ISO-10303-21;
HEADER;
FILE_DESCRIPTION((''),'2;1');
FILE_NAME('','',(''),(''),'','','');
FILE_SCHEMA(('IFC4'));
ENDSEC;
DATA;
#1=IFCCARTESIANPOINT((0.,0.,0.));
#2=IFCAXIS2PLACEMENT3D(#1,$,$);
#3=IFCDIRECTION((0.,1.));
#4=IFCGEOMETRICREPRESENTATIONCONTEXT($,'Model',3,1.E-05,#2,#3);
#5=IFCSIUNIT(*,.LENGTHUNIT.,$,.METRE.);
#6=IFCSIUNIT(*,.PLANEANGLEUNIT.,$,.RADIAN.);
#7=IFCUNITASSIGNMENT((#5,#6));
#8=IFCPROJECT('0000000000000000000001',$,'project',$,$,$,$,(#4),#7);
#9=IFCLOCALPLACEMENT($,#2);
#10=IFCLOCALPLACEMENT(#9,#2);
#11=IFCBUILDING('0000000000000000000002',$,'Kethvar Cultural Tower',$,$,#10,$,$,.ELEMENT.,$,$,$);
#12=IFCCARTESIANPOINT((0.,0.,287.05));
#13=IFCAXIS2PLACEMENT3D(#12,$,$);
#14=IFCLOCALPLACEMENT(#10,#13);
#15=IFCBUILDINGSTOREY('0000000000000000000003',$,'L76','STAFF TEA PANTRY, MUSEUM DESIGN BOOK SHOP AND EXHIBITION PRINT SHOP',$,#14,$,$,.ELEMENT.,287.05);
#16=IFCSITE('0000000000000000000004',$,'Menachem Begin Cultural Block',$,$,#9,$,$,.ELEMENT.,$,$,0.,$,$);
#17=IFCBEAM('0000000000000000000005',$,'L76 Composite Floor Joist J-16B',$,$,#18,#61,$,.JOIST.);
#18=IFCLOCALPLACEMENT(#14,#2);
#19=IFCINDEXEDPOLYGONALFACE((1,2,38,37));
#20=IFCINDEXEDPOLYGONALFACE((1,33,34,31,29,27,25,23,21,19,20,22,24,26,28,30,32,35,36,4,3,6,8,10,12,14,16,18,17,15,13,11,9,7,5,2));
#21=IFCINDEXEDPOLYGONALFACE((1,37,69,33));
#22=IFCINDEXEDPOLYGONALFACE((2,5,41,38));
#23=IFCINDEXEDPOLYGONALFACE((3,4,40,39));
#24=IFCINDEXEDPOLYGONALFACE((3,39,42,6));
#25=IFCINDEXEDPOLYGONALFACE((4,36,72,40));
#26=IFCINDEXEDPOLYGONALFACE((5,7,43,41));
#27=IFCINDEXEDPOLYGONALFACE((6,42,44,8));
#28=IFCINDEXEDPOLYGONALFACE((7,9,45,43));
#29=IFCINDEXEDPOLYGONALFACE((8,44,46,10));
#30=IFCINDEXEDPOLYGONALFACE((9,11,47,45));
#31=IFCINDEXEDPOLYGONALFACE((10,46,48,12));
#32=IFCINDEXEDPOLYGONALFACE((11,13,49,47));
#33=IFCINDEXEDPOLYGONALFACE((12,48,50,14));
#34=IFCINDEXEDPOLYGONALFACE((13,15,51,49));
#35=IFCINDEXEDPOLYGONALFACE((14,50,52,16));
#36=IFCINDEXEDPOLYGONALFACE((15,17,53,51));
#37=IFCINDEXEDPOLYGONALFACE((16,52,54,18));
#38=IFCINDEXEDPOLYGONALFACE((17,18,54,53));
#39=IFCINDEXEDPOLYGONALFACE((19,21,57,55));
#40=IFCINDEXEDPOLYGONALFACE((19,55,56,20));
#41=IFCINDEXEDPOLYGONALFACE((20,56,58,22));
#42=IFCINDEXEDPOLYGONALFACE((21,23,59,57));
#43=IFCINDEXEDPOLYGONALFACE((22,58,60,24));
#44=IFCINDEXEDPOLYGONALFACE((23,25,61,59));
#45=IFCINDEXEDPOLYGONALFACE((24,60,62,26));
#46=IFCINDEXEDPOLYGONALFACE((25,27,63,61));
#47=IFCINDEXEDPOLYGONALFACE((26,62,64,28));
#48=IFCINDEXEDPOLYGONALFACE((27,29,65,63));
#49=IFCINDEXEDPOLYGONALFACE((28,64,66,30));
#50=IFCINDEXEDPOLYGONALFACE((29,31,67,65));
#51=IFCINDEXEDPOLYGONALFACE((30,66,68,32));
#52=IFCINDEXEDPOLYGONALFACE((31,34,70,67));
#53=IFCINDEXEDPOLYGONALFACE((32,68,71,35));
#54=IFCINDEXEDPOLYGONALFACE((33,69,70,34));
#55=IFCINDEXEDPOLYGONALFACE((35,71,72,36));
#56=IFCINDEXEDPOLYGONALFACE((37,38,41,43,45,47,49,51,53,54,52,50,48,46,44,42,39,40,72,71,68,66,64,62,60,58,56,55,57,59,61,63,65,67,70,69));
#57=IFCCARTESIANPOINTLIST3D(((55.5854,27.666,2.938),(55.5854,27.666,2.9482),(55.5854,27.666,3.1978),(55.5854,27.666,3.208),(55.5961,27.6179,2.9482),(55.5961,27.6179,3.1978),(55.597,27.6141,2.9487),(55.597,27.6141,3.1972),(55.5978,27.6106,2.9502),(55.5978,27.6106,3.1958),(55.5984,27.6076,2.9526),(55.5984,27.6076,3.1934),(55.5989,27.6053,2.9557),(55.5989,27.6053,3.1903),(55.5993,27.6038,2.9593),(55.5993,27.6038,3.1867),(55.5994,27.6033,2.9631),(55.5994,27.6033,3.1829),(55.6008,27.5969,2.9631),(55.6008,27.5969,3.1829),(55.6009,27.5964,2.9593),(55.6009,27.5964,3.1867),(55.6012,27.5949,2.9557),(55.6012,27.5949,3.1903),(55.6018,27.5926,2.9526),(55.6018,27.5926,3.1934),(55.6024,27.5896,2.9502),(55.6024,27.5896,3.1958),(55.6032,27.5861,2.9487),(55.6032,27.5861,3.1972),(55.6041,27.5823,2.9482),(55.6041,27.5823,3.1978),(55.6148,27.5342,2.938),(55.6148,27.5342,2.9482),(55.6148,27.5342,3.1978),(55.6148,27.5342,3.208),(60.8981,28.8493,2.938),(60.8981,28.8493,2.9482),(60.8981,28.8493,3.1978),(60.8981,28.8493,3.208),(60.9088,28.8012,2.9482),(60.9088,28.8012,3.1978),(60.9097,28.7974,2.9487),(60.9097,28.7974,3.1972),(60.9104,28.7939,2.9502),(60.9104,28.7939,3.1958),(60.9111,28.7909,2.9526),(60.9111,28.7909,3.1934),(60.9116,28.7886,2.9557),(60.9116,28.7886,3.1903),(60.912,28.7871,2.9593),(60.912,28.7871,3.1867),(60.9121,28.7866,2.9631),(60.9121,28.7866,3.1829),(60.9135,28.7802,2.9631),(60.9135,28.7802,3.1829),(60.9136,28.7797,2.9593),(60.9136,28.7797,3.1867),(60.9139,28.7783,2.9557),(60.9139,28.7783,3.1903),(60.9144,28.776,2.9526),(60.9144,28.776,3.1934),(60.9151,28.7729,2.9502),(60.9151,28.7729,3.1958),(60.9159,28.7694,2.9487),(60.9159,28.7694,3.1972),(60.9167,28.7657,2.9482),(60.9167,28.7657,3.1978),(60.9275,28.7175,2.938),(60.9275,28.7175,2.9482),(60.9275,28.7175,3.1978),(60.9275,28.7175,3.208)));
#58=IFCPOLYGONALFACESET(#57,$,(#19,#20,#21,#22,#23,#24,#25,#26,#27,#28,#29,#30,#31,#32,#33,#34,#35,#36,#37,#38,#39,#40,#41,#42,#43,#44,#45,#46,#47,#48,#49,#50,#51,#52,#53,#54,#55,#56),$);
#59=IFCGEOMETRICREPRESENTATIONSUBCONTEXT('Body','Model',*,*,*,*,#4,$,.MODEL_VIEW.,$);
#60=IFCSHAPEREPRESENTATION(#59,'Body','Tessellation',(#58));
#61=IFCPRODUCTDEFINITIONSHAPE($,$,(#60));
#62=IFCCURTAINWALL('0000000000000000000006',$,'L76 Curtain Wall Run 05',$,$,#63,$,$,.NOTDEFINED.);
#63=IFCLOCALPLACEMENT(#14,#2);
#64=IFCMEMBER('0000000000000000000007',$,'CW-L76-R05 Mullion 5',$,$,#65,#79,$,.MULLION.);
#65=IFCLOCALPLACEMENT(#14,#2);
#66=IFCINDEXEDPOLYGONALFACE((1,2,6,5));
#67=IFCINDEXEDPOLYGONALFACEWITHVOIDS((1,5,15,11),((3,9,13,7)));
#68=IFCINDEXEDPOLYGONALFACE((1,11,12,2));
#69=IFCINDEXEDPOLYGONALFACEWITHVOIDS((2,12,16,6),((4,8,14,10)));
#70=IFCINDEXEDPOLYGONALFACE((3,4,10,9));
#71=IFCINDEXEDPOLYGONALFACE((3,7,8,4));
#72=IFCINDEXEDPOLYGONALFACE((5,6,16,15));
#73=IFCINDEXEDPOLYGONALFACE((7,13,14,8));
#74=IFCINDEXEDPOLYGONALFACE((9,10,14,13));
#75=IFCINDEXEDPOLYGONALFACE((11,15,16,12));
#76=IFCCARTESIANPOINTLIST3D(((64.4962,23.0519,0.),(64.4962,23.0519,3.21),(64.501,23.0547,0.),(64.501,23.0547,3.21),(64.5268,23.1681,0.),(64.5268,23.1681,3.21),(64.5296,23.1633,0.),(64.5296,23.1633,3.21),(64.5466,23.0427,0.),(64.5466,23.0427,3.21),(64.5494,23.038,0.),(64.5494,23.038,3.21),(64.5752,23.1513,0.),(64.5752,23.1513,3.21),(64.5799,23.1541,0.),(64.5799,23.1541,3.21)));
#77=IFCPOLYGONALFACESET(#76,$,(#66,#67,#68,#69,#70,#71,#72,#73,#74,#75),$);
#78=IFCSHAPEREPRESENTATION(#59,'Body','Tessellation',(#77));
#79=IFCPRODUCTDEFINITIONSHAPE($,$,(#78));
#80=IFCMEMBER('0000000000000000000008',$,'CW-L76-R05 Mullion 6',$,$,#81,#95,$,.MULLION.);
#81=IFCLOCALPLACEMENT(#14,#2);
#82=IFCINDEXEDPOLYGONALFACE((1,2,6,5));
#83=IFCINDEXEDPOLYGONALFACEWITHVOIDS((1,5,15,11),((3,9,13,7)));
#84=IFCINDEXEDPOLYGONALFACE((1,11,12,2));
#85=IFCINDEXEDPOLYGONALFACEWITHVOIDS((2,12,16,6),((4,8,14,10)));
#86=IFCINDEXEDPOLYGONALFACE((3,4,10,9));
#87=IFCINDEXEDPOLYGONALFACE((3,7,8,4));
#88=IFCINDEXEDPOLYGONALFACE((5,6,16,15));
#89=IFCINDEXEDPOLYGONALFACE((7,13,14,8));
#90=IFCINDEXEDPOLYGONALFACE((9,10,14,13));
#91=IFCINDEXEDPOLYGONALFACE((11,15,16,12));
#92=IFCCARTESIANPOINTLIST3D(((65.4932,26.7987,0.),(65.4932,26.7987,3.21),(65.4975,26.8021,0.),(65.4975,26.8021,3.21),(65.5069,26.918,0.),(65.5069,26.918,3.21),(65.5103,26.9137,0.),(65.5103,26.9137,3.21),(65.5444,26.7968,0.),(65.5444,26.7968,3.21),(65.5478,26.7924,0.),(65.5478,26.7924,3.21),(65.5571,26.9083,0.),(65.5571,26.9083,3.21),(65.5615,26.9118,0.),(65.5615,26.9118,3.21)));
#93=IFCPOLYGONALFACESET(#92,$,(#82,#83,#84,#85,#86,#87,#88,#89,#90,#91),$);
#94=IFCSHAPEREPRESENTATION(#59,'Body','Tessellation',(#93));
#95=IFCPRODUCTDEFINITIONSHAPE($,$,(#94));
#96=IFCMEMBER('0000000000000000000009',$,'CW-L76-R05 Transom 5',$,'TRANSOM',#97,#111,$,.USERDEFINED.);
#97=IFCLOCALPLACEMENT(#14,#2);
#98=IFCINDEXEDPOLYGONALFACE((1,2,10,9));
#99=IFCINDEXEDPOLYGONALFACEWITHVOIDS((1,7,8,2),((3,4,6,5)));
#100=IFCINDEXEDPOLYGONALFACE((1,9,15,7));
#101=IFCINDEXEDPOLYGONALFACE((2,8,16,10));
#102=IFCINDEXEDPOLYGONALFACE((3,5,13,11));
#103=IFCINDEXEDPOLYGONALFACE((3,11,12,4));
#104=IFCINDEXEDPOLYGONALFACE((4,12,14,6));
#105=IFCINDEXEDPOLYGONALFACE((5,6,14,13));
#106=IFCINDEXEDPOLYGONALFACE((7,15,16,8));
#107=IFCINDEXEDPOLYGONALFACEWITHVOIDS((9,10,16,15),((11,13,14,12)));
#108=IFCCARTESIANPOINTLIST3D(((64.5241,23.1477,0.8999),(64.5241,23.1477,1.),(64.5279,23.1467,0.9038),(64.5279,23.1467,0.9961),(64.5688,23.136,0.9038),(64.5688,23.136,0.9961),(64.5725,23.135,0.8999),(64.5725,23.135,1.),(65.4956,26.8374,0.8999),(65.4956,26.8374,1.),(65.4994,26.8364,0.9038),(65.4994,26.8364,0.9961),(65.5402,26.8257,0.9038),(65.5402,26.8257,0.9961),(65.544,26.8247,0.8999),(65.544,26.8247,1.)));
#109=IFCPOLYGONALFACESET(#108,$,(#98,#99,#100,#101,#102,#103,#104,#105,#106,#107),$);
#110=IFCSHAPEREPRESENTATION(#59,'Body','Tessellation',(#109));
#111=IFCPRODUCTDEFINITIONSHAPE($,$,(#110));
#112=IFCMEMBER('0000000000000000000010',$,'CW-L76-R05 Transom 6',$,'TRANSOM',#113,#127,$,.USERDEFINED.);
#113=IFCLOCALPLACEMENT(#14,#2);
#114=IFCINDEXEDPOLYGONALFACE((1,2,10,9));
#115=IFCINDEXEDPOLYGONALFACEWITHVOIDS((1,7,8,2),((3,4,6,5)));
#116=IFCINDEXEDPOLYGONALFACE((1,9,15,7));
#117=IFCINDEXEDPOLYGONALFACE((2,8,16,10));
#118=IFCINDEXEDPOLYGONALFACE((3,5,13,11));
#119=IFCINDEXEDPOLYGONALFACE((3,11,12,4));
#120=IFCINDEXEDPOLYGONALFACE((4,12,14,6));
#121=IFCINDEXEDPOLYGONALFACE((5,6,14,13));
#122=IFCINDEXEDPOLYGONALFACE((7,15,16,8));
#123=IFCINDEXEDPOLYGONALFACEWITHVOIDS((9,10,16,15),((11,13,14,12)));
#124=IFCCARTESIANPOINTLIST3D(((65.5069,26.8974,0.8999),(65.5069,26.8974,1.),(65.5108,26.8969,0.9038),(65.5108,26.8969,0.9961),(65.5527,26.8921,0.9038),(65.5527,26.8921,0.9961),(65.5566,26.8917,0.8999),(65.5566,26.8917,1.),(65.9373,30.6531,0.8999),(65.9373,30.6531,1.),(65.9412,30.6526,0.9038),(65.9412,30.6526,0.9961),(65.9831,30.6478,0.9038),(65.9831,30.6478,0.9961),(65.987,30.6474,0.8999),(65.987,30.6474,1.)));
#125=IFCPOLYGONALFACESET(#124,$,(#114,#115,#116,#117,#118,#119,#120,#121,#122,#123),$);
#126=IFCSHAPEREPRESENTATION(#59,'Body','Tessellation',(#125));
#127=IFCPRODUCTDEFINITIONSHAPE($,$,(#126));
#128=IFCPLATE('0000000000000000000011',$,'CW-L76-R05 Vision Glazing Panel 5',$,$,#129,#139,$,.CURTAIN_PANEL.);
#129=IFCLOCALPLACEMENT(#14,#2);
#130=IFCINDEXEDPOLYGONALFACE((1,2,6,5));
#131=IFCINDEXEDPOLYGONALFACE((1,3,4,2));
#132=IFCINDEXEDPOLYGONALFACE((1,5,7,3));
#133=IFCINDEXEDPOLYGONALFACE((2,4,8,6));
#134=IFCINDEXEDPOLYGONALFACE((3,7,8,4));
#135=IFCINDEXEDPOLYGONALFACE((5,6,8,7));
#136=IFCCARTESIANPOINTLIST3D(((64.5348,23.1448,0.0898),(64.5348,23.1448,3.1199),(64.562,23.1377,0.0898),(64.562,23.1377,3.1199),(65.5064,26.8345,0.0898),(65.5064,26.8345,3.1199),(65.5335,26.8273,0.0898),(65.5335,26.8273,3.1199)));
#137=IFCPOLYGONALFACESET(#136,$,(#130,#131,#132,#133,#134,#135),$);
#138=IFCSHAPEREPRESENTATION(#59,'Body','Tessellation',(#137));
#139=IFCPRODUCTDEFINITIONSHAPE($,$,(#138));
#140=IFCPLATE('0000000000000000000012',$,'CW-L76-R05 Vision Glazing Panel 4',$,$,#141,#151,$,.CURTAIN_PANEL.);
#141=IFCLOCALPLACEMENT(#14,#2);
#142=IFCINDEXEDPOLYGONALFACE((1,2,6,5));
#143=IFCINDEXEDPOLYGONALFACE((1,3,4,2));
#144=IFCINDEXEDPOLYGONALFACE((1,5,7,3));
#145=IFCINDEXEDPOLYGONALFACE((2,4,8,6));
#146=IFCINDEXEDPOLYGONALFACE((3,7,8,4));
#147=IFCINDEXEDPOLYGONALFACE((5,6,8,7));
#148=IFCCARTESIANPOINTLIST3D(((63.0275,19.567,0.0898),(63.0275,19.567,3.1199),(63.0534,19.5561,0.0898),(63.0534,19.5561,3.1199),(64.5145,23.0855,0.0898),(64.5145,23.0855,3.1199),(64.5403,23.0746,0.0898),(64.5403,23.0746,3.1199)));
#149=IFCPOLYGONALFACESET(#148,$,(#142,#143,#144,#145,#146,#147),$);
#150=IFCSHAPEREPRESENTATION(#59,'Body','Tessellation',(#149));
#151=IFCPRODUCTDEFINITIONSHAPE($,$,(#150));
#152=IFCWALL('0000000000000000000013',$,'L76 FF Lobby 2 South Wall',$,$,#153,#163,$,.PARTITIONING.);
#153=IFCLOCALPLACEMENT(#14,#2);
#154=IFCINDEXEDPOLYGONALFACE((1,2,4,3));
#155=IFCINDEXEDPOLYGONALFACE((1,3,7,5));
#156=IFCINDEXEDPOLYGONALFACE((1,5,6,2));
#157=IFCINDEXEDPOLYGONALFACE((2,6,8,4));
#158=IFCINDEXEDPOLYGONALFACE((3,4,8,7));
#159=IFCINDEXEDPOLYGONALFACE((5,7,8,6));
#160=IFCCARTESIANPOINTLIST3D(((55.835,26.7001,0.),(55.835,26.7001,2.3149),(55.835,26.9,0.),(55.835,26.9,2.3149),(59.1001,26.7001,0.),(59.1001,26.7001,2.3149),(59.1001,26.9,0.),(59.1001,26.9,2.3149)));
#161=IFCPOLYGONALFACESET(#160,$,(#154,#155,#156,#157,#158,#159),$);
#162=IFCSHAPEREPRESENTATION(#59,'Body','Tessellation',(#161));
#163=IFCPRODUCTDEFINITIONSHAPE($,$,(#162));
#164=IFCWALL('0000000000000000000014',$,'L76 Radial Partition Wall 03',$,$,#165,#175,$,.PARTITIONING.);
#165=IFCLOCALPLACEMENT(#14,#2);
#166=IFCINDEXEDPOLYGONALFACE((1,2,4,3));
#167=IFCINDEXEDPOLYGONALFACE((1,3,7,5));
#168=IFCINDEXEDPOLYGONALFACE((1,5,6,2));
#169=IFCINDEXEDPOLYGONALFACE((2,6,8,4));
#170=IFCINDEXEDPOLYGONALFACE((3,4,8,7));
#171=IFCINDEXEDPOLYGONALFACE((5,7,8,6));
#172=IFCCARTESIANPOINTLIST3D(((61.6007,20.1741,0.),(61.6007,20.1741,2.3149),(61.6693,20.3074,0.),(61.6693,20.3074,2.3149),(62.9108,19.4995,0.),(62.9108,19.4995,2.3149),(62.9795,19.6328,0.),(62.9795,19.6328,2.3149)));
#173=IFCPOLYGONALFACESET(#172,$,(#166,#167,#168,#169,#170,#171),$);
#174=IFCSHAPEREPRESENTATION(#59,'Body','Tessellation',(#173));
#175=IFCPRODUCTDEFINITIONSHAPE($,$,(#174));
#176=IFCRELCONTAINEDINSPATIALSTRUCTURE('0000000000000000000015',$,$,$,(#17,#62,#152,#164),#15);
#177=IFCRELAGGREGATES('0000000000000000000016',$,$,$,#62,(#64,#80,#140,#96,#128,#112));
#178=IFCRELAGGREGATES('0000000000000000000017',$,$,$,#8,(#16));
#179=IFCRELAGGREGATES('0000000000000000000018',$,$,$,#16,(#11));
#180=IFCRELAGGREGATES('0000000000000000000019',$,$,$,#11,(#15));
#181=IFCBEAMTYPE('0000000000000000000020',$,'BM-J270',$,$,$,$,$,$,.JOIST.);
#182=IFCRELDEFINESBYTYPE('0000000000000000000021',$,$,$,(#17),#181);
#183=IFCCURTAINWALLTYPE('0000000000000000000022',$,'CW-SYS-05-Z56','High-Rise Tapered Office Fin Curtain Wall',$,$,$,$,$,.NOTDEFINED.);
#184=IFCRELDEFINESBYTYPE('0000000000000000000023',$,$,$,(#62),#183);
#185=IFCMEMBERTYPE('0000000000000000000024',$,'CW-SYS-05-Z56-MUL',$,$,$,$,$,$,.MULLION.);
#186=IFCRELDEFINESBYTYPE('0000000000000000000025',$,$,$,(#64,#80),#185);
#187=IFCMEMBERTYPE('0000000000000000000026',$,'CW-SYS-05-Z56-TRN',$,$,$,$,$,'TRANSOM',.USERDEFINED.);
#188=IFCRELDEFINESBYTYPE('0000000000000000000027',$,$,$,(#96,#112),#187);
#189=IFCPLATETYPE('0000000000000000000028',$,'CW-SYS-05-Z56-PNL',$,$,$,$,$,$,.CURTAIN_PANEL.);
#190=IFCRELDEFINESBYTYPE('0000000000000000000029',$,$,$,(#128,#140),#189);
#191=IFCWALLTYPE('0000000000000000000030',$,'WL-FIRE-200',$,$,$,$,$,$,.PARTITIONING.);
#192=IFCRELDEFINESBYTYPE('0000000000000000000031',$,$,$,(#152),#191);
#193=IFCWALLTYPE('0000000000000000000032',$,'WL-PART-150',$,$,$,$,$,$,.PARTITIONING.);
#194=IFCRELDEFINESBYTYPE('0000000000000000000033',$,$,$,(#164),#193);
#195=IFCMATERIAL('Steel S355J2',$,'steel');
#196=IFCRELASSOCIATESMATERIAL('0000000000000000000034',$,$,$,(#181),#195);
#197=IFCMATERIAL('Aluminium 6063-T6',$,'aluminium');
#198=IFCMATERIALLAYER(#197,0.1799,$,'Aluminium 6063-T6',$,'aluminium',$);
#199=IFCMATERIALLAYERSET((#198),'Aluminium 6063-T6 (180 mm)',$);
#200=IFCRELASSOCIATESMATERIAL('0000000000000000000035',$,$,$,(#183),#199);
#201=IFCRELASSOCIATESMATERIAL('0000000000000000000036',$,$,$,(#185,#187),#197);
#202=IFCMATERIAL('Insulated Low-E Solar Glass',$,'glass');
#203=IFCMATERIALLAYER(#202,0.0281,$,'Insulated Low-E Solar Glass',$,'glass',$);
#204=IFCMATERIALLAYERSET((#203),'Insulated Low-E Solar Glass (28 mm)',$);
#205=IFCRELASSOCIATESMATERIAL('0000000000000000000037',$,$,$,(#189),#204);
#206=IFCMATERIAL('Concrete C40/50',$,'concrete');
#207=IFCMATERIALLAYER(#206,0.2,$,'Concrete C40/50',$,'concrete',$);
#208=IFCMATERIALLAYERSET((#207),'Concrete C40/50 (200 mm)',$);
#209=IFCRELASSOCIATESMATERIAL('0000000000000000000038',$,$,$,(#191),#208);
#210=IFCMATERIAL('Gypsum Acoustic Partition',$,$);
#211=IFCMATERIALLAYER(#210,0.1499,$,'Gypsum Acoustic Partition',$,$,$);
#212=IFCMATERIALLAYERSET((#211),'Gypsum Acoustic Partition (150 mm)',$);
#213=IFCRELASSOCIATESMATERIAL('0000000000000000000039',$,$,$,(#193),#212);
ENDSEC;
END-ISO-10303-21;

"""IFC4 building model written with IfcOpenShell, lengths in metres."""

from ifc_helpers import new_model, si_unit, direction, frame, frame_2d, origin, origin_2d, place, context, subcontext, project, spatial, rectangle, hollow_rectangle, i_section, extrude, source, transform, mapped, material, layer, layer_set, material_profile, profile_set, type_object, element, aggregate, save


model = new_model("IFC4")

# Units and contexts
model_context = context("Model", 3, precision=1e-05, world=origin(), true_north=direction((0.0, 1.0)))
body_context = subcontext(model_context, "Body", "Model", "MODEL_VIEW")
ifc_project = project(units=[si_unit("LENGTHUNIT", "METRE"), si_unit("PLANEANGLEUNIT", "RADIAN")], contexts=[model_context])

# Site, building, storey
site_placement = place(None, origin())
site = spatial("IfcSite", under=ifc_project, at=site_placement, Name="Menachem Begin Cultural Block", CompositionType="ELEMENT", RefElevation=0.0)
building_placement = place(site_placement, origin())
building = spatial("IfcBuilding", under=site, at=building_placement, Name="Kethvar Cultural Tower", CompositionType="ELEMENT")
storey_placement = place(building_placement, frame((0.0, 0.0, 287.05)))
storey = spatial("IfcBuildingStorey", under=building, at=storey_placement, Name="L76", Description="STAFF TEA PANTRY, MUSEUM DESIGN BOOK SHOP AND EXHIBITION PRINT SHOP", CompositionType="ELEMENT", Elevation=287.05)

# Shared definitions
ifc_material_1 = material(Name="Steel S355J2", Category="steel")

# Beam
ifc_material_profile_1 = material_profile(ifc_material_1, i_section(OverallWidth=0.135, OverallDepth=0.27, WebThickness=0.0066, FlangeThickness=0.0103, FilletRadius=0.0149, at=origin_2d()), Name="Steel S355J2 — IPE270")
ifc_profile_set_1 = profile_set([ifc_material_profile_1], Name="Steel S355J2 — IPE270")
beam_type_1 = type_object("IfcBeamType", Name="BM-J270", PredefinedType="JOIST", material=ifc_profile_set_1)
shared_shape_1 = source(origin(), body_context, "Body", "SweptSolid", [
    extrude(i_section(OverallWidth=0.135, OverallDepth=0.27, WebThickness=0.0066, FlangeThickness=0.0103, FilletRadius=0.0149, at=origin_2d()), origin(), (0.0, 0.0, 1.0), 5.4429),
])
beam_1_placement = place(storey_placement, frame((55.6001, 27.6001, 3.073), z_axis=(0.97608, 0.21741, 0.0), x_axis=(-0.21741, 0.97608, 0.0)))
element("IfcBeam", 1, at=beam_1_placement, inside=storey, type_object=beam_type_1, Name="L76 Composite Floor Joist J-16B", PredefinedType="JOIST", context=body_context, shape_type="MappedRepresentation", body=[
    mapped(shared_shape_1, transform((0.0, 0.0, 0.0), scale=1.0)),
])

# Curtain wall, members, plates
ifc_material_2 = material(Name="Aluminium 6063-T6", Category="aluminium")
ifc_layer_1 = layer(ifc_material_2, 0.1799, Name="Aluminium 6063-T6", Category="aluminium")
ifc_layer_set_1 = layer_set([ifc_layer_1], Name="Aluminium 6063-T6 (180 mm)")
curtain_wall_type = type_object("IfcCurtainWallType", Name="CW-SYS-05-Z56", Description="High-Rise Tapered Office Fin Curtain Wall", PredefinedType="NOTDEFINED", material=ifc_layer_set_1)
curtain_wall_placement = place(storey_placement, origin())
curtain_wall = element("IfcCurtainWall", 2, at=curtain_wall_placement, inside=storey, type_object=curtain_wall_type, Name="L76 Curtain Wall Run 05", PredefinedType="NOTDEFINED")
ifc_material_profile_2 = material_profile(ifc_material_2, hollow_rectangle(XDim=0.0549, YDim=0.1201, WallThickness=0.0039, at=origin_2d()), Name="Aluminium 6063-T6 — RHS120x55x4")
ifc_profile_set_2 = profile_set([ifc_material_profile_2], Name="Aluminium 6063-T6 — RHS120x55x4")
member_type_1 = type_object("IfcMemberType", Name="CW-SYS-05-Z56-MUL", PredefinedType="MULLION", material=ifc_profile_set_2)
shared_shape_2 = source(origin(), body_context, "Body", "SweptSolid", [
    extrude(hollow_rectangle(XDim=0.0549, YDim=0.1201, WallThickness=0.0039, at=origin_2d()), origin(), (0.0, 0.0, 1.0), 3.21),
])
member_1_placement = place(storey_placement, frame((64.5381, 23.103, 0.0), z_axis=(0.0, 0.0, 1.0), x_axis=(-0.967037, 0.254636, 0.0)))
member_1 = element("IfcMember", 3, at=member_1_placement, type_object=member_type_1, Name="CW-L76-R05 Mullion 5", PredefinedType="MULLION", context=body_context, shape_type="MappedRepresentation", body=[
    mapped(shared_shape_2, transform((0.0, 0.0, 0.0), scale=1.0)),
])
member_2_placement = place(storey_placement, frame((65.5273, 26.8552, 0.0), z_axis=(0.0, 0.0, 1.0), x_axis=(-0.993495, 0.113879, 0.0)))
member_2 = element("IfcMember", 4, at=member_2_placement, type_object=member_type_1, Name="CW-L76-R05 Mullion 6", PredefinedType="MULLION", context=body_context, shape_type="MappedRepresentation", body=[
    mapped(shared_shape_2, transform((0.0, 0.0, 0.0), scale=1.0)),
])
ifc_material_profile_3 = material_profile(ifc_material_2, hollow_rectangle(XDim=0.05, YDim=0.1001, WallThickness=0.0039, at=origin_2d()), Name="Aluminium 6063-T6 — RHS100x50x4")
ifc_profile_set_3 = profile_set([ifc_material_profile_3], Name="Aluminium 6063-T6 — RHS100x50x4")
member_type_2 = type_object("IfcMemberType", Name="CW-SYS-05-Z56-TRN", ElementType="TRANSOM", PredefinedType="USERDEFINED", material=ifc_profile_set_3)
shared_shape_3 = source(origin(), body_context, "Body", "SweptSolid", [
    extrude(hollow_rectangle(XDim=0.05, YDim=0.1001, WallThickness=0.0039, at=origin_2d()), origin(), (0.0, 0.0, 1.0), 3.8154),
])
member_3_placement = place(storey_placement, frame((64.5483, 23.1414, 0.95), z_axis=(0.254607, 0.967045, 0.0), x_axis=(-0.967045, 0.254607, 0.0)))
member_3 = element("IfcMember", 5, at=member_3_placement, type_object=member_type_2, Name="CW-L76-R05 Transom 5", ObjectType="TRANSOM", PredefinedType="USERDEFINED", context=body_context, shape_type="MappedRepresentation", body=[
    mapped(shared_shape_3, transform((0.0, 0.0, 0.0), scale=1.0)),
])
shared_shape_4 = source(origin(), body_context, "Body", "SweptSolid", [
    extrude(hollow_rectangle(XDim=0.05, YDim=0.1001, WallThickness=0.0039, at=origin_2d()), origin(), (0.0, 0.0, 1.0), 3.7803),
])
member_4_placement = place(storey_placement, frame((65.5317, 26.8945, 0.95), z_axis=(0.113862, 0.993497, 0.0), x_axis=(-0.993497, 0.113862, 0.0)))
member_4 = element("IfcMember", 6, at=member_4_placement, type_object=member_type_2, Name="CW-L76-R05 Transom 6", ObjectType="TRANSOM", PredefinedType="USERDEFINED", context=body_context, shape_type="MappedRepresentation", body=[
    mapped(shared_shape_4, transform((0.0, 0.0, 0.0), scale=1.0)),
])
ifc_material_3 = material(Name="Insulated Low-E Solar Glass", Category="glass")
ifc_layer_2 = layer(ifc_material_3, 0.0281, Name="Insulated Low-E Solar Glass", Category="glass")
ifc_layer_set_2 = layer_set([ifc_layer_2], Name="Insulated Low-E Solar Glass (28 mm)")
plate_type = type_object("IfcPlateType", Name="CW-SYS-05-Z56-PNL", PredefinedType="CURTAIN_PANEL", material=ifc_layer_set_2)
shared_shape_5 = source(origin(), body_context, "Body", "SweptSolid", [
    extrude(rectangle(XDim=3.8154, YDim=0.0281, at=origin_2d()), origin(), (0.0, 0.0, 1.0), 3.03),
])
plate_1_placement = place(storey_placement, frame((65.0342, 24.9861, 0.0898), z_axis=(0.0, 0.0, 1.0), x_axis=(0.254636, 0.967037, 0.0)))
plate_1 = element("IfcPlate", 7, at=plate_1_placement, type_object=plate_type, Name="CW-L76-R05 Vision Glazing Panel 5", PredefinedType="CURTAIN_PANEL", context=body_context, shape_type="MappedRepresentation", body=[
    mapped(shared_shape_5, transform((0.0, 0.0, 0.0), scale=1.0)),
])
shared_shape_6 = source(origin(), body_context, "Body", "SweptSolid", [
    extrude(rectangle(XDim=3.8198, YDim=0.0281, at=origin_2d()), origin(), (0.0, 0.0, 1.0), 3.03),
])
plate_2_placement = place(storey_placement, frame((63.7839, 21.3208, 0.0898), z_axis=(0.0, 0.0, 1.0), x_axis=(0.389269, 0.921124, 0.0)))
plate_2 = element("IfcPlate", 8, at=plate_2_placement, type_object=plate_type, Name="CW-L76-R05 Vision Glazing Panel 4", PredefinedType="CURTAIN_PANEL", context=body_context, shape_type="MappedRepresentation", body=[
    mapped(shared_shape_6, transform((0.0, 0.0, 0.0), scale=1.0)),
])
aggregate(curtain_wall, [member_1, member_2, plate_2, member_3, plate_1, member_4])

# Shared definitions
ifc_material_4 = material(Name="Concrete C40/50", Category="concrete")
ifc_layer_3 = layer(ifc_material_4, 0.2, Name="Concrete C40/50", Category="concrete")
ifc_layer_set_3 = layer_set([ifc_layer_3], Name="Concrete C40/50 (200 mm)")
wall_type_1 = type_object("IfcWallType", Name="WL-FIRE-200", PredefinedType="PARTITIONING", material=ifc_layer_set_3)

# Walls
wall_1_placement = place(storey_placement, frame((55.835, 26.8, 0.0), z_axis=(0.0, 0.0, 1.0), x_axis=(1.0, 0.0, 0.0)))
element("IfcWall", 9, at=wall_1_placement, inside=storey, type_object=wall_type_1, Name="L76 FF Lobby 2 South Wall", PredefinedType="PARTITIONING", context=body_context, shape_type="SweptSolid", body=[
    extrude(rectangle(XDim=3.2651, YDim=0.2, at=frame_2d((1.6326, 0.0))), origin(), (0.0, 0.0, 1.0), 2.3149),
])
ifc_material_5 = material(Name="Gypsum Acoustic Partition")
ifc_layer_4 = layer(ifc_material_5, 0.1499, Name="Gypsum Acoustic Partition")
ifc_layer_set_4 = layer_set([ifc_layer_4], Name="Gypsum Acoustic Partition (150 mm)")
wall_type_2 = type_object("IfcWallType", Name="WL-PART-150", PredefinedType="PARTITIONING", material=ifc_layer_set_4)
wall_2_placement = place(storey_placement, frame((61.635, 20.2407, 0.0), z_axis=(0.0, 0.0, 1.0), x_axis=(0.889062, -0.457786, 0.0)))
element("IfcWall", 10, at=wall_2_placement, inside=storey, type_object=wall_type_2, Name="L76 Radial Partition Wall 03", PredefinedType="PARTITIONING", context=body_context, shape_type="SweptSolid", body=[
    extrude(rectangle(XDim=1.4736, YDim=0.1499, at=frame_2d((0.7368, 0.0))), origin(), (0.0, 0.0, 1.0), 2.3149),
])

save(model, "model.ifc")
